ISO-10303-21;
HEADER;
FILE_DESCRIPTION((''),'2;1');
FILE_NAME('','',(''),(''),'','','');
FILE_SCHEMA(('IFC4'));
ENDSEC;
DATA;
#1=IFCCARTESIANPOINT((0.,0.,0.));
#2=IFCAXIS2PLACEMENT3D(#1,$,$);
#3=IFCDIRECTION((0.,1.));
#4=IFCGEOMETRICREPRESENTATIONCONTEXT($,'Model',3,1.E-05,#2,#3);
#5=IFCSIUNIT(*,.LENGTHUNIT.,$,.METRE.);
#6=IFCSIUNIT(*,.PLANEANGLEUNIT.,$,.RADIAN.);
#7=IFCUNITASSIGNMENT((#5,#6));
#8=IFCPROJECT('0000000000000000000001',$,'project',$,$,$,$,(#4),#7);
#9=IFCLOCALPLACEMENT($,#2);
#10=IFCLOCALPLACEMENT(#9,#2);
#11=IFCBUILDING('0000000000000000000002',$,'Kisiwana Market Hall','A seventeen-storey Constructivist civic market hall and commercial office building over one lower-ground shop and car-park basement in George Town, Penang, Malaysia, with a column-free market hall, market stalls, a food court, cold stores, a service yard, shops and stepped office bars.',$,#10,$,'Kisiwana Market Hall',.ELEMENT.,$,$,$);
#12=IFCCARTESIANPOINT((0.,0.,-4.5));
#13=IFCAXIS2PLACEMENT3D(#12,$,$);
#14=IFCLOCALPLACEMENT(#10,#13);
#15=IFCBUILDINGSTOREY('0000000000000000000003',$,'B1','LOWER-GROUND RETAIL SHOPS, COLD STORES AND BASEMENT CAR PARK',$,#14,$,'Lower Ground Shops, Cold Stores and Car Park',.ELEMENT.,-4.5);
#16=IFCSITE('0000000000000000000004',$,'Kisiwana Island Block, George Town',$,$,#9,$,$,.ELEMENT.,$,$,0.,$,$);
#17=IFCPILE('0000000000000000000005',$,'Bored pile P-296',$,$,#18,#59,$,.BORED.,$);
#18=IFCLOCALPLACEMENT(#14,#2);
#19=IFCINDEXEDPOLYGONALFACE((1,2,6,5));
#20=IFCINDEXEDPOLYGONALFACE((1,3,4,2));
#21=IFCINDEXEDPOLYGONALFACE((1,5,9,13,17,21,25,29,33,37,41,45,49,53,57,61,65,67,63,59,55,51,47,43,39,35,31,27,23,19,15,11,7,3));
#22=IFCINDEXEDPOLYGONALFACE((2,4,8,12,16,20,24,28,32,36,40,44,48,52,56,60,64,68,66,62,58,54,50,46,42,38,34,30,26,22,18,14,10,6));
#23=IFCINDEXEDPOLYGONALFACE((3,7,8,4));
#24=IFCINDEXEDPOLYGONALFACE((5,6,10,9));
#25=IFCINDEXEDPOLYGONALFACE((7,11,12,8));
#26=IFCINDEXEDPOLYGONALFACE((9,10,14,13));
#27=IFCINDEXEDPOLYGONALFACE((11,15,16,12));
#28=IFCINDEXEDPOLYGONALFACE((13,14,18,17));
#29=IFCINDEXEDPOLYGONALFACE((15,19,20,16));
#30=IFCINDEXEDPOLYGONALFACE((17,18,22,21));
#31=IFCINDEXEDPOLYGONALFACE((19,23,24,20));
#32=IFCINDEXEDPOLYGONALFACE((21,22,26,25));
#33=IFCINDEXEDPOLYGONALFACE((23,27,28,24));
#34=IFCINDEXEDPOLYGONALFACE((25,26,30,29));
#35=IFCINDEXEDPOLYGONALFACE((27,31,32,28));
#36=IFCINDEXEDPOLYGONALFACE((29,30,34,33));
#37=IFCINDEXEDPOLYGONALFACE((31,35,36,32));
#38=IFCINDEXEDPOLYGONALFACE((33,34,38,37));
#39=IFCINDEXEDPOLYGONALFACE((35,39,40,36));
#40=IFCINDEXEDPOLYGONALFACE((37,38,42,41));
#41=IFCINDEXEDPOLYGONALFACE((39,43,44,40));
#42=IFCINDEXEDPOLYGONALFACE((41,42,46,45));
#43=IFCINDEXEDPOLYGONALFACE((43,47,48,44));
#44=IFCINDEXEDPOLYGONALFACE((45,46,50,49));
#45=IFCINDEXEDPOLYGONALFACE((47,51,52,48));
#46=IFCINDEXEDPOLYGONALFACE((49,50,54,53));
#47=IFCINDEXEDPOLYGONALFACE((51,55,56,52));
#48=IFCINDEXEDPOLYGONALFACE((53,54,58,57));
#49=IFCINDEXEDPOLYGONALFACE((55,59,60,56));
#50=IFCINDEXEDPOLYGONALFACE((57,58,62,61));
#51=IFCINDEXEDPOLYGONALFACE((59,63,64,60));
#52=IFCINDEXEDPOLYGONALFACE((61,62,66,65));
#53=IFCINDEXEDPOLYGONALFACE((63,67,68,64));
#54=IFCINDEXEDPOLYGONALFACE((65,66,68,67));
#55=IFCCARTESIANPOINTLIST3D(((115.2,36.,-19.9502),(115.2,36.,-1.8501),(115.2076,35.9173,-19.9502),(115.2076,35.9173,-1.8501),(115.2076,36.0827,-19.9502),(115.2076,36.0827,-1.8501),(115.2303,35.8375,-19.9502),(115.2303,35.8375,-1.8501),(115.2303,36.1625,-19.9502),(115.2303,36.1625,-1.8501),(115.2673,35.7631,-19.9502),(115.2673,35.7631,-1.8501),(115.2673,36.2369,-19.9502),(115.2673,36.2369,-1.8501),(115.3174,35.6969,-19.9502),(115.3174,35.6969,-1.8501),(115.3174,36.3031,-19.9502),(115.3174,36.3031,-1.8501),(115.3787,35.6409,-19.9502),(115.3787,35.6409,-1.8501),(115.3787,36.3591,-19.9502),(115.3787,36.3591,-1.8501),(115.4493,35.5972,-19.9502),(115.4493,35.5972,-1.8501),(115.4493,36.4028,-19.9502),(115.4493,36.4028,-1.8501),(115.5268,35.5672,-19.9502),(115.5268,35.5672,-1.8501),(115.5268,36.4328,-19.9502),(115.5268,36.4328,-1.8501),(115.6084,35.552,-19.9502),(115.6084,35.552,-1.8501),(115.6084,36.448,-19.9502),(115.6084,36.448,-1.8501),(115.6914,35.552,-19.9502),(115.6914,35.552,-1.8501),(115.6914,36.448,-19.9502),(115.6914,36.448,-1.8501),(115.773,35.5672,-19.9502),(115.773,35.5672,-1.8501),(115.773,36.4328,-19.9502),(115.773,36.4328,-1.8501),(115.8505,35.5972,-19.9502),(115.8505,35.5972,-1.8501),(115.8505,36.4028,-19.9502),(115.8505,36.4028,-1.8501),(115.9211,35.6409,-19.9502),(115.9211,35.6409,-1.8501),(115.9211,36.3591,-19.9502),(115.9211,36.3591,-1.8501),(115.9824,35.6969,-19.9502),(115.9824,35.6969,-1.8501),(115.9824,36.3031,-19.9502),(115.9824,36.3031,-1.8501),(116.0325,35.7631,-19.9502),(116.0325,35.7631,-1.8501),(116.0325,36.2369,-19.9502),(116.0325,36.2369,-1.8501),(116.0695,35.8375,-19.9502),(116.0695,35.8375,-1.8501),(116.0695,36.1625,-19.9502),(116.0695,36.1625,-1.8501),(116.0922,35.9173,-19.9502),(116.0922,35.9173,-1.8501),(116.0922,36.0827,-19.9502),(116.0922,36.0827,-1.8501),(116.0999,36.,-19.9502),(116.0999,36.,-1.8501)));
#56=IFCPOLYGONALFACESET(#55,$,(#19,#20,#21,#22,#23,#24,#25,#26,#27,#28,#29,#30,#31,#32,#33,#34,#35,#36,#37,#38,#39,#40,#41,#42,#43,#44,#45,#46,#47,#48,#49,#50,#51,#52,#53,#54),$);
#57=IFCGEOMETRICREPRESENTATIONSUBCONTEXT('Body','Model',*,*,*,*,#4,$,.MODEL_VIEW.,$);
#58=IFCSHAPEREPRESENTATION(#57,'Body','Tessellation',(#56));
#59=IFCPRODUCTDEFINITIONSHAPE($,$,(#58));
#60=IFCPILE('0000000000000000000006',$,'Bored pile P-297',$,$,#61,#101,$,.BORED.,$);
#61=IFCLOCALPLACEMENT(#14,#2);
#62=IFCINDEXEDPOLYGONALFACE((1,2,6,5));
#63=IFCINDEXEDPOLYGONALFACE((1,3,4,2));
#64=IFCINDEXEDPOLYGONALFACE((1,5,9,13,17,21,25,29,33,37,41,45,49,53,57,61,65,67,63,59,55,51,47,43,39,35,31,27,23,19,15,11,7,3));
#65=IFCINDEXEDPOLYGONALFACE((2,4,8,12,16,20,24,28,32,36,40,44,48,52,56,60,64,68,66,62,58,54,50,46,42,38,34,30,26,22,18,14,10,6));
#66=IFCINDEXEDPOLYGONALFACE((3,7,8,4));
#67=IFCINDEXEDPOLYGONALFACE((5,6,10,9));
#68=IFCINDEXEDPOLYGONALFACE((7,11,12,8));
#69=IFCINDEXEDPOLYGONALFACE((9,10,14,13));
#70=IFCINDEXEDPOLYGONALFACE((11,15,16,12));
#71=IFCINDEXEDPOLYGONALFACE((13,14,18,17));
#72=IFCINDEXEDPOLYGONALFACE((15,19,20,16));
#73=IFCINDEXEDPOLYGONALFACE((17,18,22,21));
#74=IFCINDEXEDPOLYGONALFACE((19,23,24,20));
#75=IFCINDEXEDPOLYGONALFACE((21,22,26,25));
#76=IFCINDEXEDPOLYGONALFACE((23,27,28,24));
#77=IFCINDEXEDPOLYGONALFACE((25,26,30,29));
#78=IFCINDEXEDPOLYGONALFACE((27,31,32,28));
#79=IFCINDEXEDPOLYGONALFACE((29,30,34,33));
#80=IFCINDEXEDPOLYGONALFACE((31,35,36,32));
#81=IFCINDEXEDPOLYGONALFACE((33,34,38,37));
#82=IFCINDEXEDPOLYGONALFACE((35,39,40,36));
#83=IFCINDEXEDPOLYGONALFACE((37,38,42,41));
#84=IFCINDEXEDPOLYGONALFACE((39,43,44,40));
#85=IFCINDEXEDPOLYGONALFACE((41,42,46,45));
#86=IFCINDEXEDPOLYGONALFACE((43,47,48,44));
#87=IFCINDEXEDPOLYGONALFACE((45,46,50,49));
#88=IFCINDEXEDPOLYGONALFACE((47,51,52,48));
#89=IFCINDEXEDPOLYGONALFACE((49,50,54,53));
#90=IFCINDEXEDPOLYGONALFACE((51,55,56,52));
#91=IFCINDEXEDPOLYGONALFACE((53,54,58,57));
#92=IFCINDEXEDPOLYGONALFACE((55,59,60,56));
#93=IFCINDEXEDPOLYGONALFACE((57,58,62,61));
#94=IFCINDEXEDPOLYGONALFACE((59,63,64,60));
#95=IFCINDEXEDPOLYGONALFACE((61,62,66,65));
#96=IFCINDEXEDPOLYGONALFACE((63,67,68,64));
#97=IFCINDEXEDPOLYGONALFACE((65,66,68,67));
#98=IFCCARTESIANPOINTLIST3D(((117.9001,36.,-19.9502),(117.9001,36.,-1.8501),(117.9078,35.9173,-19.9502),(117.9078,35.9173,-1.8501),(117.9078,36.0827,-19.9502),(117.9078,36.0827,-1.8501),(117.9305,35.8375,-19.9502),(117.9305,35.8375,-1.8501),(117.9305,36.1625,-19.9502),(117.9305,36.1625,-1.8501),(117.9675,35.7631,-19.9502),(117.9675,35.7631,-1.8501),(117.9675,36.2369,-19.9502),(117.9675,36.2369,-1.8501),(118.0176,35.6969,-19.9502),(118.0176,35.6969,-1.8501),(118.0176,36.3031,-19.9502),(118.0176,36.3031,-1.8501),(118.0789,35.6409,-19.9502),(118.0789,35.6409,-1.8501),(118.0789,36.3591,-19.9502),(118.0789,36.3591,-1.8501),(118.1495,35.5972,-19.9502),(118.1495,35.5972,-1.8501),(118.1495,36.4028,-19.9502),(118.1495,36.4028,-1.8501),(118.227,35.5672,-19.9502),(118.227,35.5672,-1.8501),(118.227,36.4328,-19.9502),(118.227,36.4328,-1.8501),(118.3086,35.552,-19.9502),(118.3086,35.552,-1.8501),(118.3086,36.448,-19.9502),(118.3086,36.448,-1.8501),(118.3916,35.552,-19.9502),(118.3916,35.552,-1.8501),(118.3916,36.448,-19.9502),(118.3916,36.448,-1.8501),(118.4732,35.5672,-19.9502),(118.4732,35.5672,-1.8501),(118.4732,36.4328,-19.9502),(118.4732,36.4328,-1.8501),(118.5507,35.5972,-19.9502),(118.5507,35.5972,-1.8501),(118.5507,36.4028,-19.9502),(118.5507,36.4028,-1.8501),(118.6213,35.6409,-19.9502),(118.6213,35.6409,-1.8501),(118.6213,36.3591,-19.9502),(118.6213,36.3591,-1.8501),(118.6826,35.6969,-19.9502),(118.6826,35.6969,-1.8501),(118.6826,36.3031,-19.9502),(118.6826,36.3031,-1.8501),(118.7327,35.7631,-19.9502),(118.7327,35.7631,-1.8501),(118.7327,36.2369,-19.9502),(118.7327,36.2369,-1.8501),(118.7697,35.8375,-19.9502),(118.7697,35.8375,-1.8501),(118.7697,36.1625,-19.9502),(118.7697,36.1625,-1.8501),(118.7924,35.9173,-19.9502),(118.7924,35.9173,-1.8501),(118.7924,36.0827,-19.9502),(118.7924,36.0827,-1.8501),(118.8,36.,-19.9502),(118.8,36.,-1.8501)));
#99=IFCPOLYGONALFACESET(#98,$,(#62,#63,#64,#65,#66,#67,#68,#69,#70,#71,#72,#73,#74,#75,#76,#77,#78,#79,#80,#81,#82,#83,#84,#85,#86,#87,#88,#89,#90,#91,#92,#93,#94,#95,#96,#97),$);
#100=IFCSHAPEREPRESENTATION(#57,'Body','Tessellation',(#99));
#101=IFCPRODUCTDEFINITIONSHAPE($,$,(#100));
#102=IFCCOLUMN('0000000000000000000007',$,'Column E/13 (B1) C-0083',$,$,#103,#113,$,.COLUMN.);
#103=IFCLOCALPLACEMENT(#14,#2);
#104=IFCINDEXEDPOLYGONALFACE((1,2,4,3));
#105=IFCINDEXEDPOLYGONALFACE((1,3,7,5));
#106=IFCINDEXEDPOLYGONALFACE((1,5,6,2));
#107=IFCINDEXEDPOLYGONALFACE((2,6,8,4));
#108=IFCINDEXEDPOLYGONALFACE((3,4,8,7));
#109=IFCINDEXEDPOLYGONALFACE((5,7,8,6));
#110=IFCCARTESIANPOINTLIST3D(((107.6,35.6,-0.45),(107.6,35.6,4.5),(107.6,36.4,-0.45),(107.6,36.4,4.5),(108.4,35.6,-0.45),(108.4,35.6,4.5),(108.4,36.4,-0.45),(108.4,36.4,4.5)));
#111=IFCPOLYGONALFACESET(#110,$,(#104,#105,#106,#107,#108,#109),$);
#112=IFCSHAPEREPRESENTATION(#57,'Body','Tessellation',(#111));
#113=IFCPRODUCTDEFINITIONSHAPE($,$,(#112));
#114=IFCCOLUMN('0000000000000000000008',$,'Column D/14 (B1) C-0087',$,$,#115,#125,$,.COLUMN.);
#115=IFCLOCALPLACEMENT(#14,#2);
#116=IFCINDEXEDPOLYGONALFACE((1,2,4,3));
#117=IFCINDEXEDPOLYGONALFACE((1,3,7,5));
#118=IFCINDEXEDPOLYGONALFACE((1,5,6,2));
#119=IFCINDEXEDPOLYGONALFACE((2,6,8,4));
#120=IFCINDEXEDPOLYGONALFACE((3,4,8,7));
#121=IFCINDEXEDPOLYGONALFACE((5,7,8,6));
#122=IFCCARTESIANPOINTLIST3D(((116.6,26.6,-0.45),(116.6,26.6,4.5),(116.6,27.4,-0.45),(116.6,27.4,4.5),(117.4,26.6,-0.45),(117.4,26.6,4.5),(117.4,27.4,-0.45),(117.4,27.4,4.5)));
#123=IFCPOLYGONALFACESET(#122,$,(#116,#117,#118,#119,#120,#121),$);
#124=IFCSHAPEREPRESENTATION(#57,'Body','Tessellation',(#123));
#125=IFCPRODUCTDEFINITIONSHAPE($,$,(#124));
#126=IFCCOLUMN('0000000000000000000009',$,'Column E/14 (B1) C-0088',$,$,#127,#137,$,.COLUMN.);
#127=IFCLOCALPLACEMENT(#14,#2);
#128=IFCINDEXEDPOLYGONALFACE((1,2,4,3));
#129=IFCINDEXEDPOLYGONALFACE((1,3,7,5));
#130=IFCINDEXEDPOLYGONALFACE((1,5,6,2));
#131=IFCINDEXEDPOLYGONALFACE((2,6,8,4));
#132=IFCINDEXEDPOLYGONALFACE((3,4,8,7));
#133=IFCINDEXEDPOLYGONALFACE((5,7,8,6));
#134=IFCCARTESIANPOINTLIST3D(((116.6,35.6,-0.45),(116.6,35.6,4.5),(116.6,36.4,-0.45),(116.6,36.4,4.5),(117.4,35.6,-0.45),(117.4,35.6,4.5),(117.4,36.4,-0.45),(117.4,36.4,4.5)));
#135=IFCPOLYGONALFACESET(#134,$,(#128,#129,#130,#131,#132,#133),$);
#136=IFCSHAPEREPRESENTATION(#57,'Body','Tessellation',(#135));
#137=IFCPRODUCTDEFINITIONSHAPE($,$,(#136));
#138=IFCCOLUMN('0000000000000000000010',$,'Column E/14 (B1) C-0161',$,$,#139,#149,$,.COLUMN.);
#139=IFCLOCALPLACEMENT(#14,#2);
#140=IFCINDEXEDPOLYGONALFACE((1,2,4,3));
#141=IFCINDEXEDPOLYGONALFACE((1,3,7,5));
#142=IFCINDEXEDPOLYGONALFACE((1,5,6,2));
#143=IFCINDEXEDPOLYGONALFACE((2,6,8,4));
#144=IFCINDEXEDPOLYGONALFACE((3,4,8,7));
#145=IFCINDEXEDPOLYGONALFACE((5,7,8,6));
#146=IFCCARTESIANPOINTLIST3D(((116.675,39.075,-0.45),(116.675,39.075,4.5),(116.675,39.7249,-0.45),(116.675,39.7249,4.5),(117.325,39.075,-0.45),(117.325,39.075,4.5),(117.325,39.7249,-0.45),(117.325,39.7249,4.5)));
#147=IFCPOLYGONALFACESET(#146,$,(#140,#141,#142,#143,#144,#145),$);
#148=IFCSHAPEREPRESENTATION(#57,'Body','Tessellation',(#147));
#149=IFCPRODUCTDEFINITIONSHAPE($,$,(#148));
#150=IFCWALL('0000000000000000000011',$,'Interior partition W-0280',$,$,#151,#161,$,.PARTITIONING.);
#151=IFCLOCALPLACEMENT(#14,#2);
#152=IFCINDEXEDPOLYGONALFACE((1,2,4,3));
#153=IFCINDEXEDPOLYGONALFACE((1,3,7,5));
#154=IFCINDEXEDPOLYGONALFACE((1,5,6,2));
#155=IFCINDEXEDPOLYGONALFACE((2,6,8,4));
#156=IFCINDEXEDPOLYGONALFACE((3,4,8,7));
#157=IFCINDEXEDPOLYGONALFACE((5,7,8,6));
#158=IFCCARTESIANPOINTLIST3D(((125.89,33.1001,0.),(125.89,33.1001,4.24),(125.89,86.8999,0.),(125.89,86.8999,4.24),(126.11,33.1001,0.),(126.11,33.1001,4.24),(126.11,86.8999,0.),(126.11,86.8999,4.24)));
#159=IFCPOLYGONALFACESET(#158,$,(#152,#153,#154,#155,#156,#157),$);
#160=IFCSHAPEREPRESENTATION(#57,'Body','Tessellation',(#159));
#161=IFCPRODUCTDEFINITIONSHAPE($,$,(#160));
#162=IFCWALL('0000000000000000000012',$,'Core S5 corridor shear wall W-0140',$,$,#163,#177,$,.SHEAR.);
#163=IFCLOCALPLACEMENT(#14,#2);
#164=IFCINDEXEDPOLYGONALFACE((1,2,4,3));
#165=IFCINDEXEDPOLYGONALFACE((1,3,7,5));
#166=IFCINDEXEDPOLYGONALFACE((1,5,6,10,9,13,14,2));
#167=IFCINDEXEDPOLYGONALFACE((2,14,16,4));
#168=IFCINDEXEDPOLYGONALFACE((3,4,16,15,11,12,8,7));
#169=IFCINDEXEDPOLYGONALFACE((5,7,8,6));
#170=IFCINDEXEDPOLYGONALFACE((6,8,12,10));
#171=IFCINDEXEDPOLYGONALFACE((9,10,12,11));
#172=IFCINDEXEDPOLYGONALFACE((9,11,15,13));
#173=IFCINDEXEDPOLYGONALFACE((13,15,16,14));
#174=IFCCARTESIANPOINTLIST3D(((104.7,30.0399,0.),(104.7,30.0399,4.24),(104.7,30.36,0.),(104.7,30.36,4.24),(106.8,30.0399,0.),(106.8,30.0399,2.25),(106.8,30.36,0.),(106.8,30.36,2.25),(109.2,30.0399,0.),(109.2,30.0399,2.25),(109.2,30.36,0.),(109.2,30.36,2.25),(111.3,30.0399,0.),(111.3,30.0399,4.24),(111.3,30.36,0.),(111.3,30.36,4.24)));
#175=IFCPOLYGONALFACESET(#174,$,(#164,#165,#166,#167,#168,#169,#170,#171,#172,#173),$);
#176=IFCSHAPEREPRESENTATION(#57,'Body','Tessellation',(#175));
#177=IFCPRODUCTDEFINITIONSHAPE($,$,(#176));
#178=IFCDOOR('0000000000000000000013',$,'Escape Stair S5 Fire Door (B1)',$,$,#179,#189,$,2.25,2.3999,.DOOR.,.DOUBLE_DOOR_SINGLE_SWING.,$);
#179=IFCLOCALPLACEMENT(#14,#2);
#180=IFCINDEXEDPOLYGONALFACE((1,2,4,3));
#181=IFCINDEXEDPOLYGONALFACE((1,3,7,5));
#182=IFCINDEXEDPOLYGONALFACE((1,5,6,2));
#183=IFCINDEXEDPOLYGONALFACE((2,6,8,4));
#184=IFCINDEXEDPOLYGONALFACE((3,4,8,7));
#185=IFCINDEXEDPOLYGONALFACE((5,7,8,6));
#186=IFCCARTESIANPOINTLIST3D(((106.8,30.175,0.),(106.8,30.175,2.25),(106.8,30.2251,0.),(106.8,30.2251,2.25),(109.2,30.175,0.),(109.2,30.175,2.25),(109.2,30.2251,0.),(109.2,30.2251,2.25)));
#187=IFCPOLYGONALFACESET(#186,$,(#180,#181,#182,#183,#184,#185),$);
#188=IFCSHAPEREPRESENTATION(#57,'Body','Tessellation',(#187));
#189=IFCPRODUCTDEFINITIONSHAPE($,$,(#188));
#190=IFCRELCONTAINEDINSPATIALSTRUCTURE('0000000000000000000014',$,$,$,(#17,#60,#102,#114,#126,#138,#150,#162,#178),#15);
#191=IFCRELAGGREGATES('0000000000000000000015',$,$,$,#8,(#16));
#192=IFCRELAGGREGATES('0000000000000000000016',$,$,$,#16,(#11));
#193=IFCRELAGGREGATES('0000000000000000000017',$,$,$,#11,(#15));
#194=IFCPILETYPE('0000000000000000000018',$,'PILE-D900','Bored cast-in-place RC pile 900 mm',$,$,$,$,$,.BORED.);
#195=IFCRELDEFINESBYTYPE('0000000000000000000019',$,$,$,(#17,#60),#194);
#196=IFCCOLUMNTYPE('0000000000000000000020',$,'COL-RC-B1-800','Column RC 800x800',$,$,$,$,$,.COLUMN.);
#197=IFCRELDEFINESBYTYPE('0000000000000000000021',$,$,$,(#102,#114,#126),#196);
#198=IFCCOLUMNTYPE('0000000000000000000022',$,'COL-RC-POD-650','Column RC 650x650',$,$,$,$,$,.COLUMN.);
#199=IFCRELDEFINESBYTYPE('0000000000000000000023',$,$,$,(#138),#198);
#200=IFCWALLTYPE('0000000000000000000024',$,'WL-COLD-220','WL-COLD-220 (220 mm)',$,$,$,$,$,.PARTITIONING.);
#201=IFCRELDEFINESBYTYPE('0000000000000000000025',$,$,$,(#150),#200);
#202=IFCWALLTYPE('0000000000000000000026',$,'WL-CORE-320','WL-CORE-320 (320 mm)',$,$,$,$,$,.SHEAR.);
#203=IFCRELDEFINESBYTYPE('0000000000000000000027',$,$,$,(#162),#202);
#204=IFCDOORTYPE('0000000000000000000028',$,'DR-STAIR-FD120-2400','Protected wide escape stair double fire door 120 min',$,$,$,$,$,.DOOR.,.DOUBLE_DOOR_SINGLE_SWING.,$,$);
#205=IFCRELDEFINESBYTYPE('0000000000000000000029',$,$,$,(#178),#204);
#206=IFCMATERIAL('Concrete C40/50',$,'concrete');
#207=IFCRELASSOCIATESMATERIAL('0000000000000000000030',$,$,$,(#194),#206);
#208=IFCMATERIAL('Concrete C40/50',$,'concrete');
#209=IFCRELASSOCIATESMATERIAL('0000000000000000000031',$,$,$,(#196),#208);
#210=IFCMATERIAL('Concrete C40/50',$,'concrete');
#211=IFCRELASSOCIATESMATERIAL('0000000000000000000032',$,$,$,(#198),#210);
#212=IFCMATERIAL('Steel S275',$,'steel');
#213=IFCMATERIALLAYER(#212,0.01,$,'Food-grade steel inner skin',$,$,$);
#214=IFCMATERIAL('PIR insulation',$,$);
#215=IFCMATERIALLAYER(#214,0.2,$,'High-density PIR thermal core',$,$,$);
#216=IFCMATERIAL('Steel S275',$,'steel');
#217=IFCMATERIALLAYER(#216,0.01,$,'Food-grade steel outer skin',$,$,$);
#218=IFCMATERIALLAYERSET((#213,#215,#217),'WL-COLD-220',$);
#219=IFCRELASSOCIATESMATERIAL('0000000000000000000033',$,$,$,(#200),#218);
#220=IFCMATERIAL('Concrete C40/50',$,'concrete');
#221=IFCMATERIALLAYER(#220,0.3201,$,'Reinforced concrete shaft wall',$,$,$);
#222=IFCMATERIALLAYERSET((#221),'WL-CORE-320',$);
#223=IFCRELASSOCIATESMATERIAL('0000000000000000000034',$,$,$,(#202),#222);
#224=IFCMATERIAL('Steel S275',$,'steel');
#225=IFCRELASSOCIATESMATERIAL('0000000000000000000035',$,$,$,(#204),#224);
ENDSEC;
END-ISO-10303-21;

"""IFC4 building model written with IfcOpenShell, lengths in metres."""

from ifc_helpers import new_model, si_unit, direction, frame, frame_2d, origin, origin_2d, place, context, subcontext, project, spatial, rectangle, circle, extrude, material, layer, layer_set, material_profile, profile_set, type_object, element, fill, save


model = new_model("IFC4")

# Units and contexts
model_context = context("Model", 3, precision=1e-05, world=origin(), true_north=direction((0.0, 1.0)))
body_context = subcontext(model_context, "Body", "Model", "MODEL_VIEW")
ifc_project = project(units=[si_unit("LENGTHUNIT", "METRE"), si_unit("PLANEANGLEUNIT", "RADIAN")], contexts=[model_context])

# Site, building, storey
site_placement = place(None, origin())
site = spatial("IfcSite", under=ifc_project, at=site_placement, Name="Kisiwana Island Block, George Town", CompositionType="ELEMENT", RefElevation=0.0)
building_placement = place(site_placement, origin())
building = spatial("IfcBuilding", under=site, at=building_placement, Name="Kisiwana Market Hall", Description="A seventeen-storey Constructivist civic market hall and commercial office building over one lower-ground shop and car-park basement in George Town, Penang, Malaysia, with a column-free market hall, market stalls, a food court, cold stores, a service yard, shops and stepped office bars.", LongName="Kisiwana Market Hall", CompositionType="ELEMENT")
storey_placement = place(building_placement, frame((0.0, 0.0, -4.5)))
storey = spatial("IfcBuildingStorey", under=building, at=storey_placement, Name="B1", Description="LOWER-GROUND RETAIL SHOPS, COLD STORES AND BASEMENT CAR PARK", LongName="Lower Ground Shops, Cold Stores and Car Park", CompositionType="ELEMENT", Elevation=-4.5)

# Piles
ifc_material_1 = material(Name="Concrete C40/50", Category="concrete")
ifc_material_profile_1 = material_profile(ifc_material_1, circle(Radius=0.45, at=origin_2d()), Name="BP D900")
ifc_profile_set_1 = profile_set([ifc_material_profile_1], Name="Concrete C40/50")
pile_type_1 = type_object("IfcPileType", Name="PILE-D900", Description="Bored cast-in-place RC pile 900 mm", PredefinedType="BORED", material=ifc_profile_set_1)
for number, where, z_axis, x_axis, name in (
    (1, (115.6499, 36.0, -1.8501), (0.0, 0.0, -1.0), (1.0, 0.0, 0.0), "Bored pile P-296"),
    (2, (118.3501, 36.0, -1.8501), (0.0, 0.0, -1.0), (1.0, 0.0, 0.0), "Bored pile P-297"),
):
    element("IfcPile", number, at=place(storey_placement, frame(where, z_axis=z_axis, x_axis=x_axis)), inside=storey, type_object=pile_type_1, Name=name, PredefinedType="BORED", context=body_context, shape_type="SweptSolid", body=[
        extrude(circle(Radius=0.45, at=origin_2d()), origin(), (0.0, 0.0, 1.0), 18.1001),
    ])

# Columns
ifc_material_2 = material(Name="Concrete C40/50", Category="concrete")
ifc_material_profile_2 = material_profile(ifc_material_2, rectangle(XDim=0.8, YDim=0.8, at=origin_2d()), Name="RC 800x800")
ifc_profile_set_2 = profile_set([ifc_material_profile_2], Name="Concrete C40/50")
column_type_1 = type_object("IfcColumnType", Name="COL-RC-B1-800", Description="Column RC 800x800", PredefinedType="COLUMN", material=ifc_profile_set_2)
for number, where, z_axis, x_axis, name in (
    (3, (108.0, 36.0, -0.45), (0.0, 0.0, 1.0), (1.0, 0.0, 0.0), "Column E/13 (B1) C-0083"),
    (4, (117.0, 27.0, -0.45), (0.0, 0.0, 1.0), (1.0, 0.0, 0.0), "Column D/14 (B1) C-0087"),
    (5, (117.0, 36.0, -0.45), (0.0, 0.0, 1.0), (1.0, 0.0, 0.0), "Column E/14 (B1) C-0088"),
):
    element("IfcColumn", number, at=place(storey_placement, frame(where, z_axis=z_axis, x_axis=x_axis)), inside=storey, type_object=column_type_1, Name=name, PredefinedType="COLUMN", context=body_context, shape_type="SweptSolid", body=[
        extrude(rectangle(XDim=0.8, YDim=0.8, at=origin_2d()), origin(), (0.0, 0.0, 1.0), 4.95),
    ])
ifc_material_3 = material(Name="Concrete C40/50", Category="concrete")
ifc_material_profile_3 = material_profile(ifc_material_3, rectangle(XDim=0.6499, YDim=0.6499, at=origin_2d()), Name="RC 650x650")
ifc_profile_set_3 = profile_set([ifc_material_profile_3], Name="Concrete C40/50")
column_type_2 = type_object("IfcColumnType", Name="COL-RC-POD-650", Description="Column RC 650x650", PredefinedType="COLUMN", material=ifc_profile_set_3)
column_placement = place(storey_placement, frame((117.0, 39.3999, -0.45), z_axis=(0.0, 0.0, 1.0), x_axis=(1.0, 0.0, 0.0)))
element("IfcColumn", 6, at=column_placement, inside=storey, type_object=column_type_2, Name="Column E/14 (B1) C-0161", PredefinedType="COLUMN", context=body_context, shape_type="SweptSolid", body=[
    extrude(rectangle(XDim=0.6499, YDim=0.6499, at=origin_2d()), origin(), (0.0, 0.0, 1.0), 4.95),
])

# Wall
ifc_material_4 = material(Name="Steel S275", Category="steel")
ifc_layer_1 = layer(ifc_material_4, 0.01, Name="Food-grade steel inner skin")
ifc_material_5 = material(Name="PIR insulation")
ifc_layer_2 = layer(ifc_material_5, 0.2, Name="High-density PIR thermal core")
ifc_material_6 = material(Name="Steel S275", Category="steel")
ifc_layer_3 = layer(ifc_material_6, 0.01, Name="Food-grade steel outer skin")
ifc_layer_set_1 = layer_set([ifc_layer_1, ifc_layer_2, ifc_layer_3], Name="WL-COLD-220")
wall_type_1 = type_object("IfcWallType", Name="WL-COLD-220", Description="WL-COLD-220 (220 mm)", PredefinedType="PARTITIONING", material=ifc_layer_set_1)
wall_1_placement = place(storey_placement, frame((126.0, 33.1001, 0.0), z_axis=(0.0, 0.0, 1.0), x_axis=(0.0, 1.0, 0.0)))
element("IfcWall", 7, at=wall_1_placement, inside=storey, type_object=wall_type_1, Name="Interior partition W-0280", PredefinedType="PARTITIONING", context=body_context, shape_type="SweptSolid", body=[
    extrude(rectangle(XDim=53.7998, YDim=0.22, at=frame_2d((26.8999, 0.0))), origin(), (0.0, 0.0, 1.0), 4.24),
])

# Wall, opening, door
ifc_material_7 = material(Name="Concrete C40/50", Category="concrete")
ifc_layer_4 = layer(ifc_material_7, 0.3201, Name="Reinforced concrete shaft wall")
ifc_layer_set_2 = layer_set([ifc_layer_4], Name="WL-CORE-320")
wall_type_2 = type_object("IfcWallType", Name="WL-CORE-320", Description="WL-CORE-320 (320 mm)", PredefinedType="SHEAR", material=ifc_layer_set_2)
wall_2_placement = place(storey_placement, frame((104.7, 30.2, 0.0), z_axis=(0.0, 0.0, 1.0), x_axis=(1.0, 0.0, 0.0)))
wall_2 = element("IfcWall", 8, at=wall_2_placement, inside=storey, type_object=wall_type_2, Name="Core S5 corridor shear wall W-0140", PredefinedType="SHEAR", context=body_context, shape_type="SweptSolid", body=[
    extrude(rectangle(XDim=6.6001, YDim=0.3201, at=frame_2d((3.3, 0.0))), origin(), (0.0, 0.0, 1.0), 4.24),
])
opening_1_placement = place(wall_2_placement, frame((2.1001, 0.0, 0.0)))
opening_1 = element("IfcOpeningElement", 9, at=opening_1_placement, cuts=wall_2, PredefinedType="OPENING", context=body_context, shape_type="SweptSolid", body=[
    extrude(rectangle(XDim=2.3999, YDim=2.25, at=frame_2d((1.2, 1.125))), frame((0.0, 0.1719, 0.0), z_axis=(0.0, -1.0, 0.0), x_axis=(1.0, 0.0, 0.0)), (0.0, 0.0, 1.0), 0.344),
])
ifc_material_8 = material(Name="Steel S275", Category="steel")
door_type_1 = type_object("IfcDoorType", Name="DR-STAIR-FD120-2400", Description="Protected wide escape stair double fire door 120 min", OperationType="DOUBLE_DOOR_SINGLE_SWING", PredefinedType="DOOR", material=ifc_material_8)
door_1_placement = place(opening_1_placement, frame((2.3999, 0.0, 0.0), z_axis=(0.0, 0.0, 1.0), x_axis=(-1.0, 0.0, 0.0)))
door_1 = element("IfcDoor", 10, at=door_1_placement, inside=storey, type_object=door_type_1, Name="Escape Stair S5 Fire Door (B1)", OperationType="DOUBLE_DOOR_SINGLE_SWING", OverallHeight=2.25, OverallWidth=2.3999, PredefinedType="DOOR", context=body_context, shape_type="SweptSolid", body=[
    extrude(rectangle(XDim=2.3999, YDim=2.25, at=frame_2d((1.2, 1.125))), frame((0.0, 0.0249, 0.0), z_axis=(0.0, -1.0, 0.0), x_axis=(1.0, 0.0, 0.0)), (0.0, 0.0, 1.0), 0.05),
])
fill(opening_1, door_1)

save(model, "model.ifc")
